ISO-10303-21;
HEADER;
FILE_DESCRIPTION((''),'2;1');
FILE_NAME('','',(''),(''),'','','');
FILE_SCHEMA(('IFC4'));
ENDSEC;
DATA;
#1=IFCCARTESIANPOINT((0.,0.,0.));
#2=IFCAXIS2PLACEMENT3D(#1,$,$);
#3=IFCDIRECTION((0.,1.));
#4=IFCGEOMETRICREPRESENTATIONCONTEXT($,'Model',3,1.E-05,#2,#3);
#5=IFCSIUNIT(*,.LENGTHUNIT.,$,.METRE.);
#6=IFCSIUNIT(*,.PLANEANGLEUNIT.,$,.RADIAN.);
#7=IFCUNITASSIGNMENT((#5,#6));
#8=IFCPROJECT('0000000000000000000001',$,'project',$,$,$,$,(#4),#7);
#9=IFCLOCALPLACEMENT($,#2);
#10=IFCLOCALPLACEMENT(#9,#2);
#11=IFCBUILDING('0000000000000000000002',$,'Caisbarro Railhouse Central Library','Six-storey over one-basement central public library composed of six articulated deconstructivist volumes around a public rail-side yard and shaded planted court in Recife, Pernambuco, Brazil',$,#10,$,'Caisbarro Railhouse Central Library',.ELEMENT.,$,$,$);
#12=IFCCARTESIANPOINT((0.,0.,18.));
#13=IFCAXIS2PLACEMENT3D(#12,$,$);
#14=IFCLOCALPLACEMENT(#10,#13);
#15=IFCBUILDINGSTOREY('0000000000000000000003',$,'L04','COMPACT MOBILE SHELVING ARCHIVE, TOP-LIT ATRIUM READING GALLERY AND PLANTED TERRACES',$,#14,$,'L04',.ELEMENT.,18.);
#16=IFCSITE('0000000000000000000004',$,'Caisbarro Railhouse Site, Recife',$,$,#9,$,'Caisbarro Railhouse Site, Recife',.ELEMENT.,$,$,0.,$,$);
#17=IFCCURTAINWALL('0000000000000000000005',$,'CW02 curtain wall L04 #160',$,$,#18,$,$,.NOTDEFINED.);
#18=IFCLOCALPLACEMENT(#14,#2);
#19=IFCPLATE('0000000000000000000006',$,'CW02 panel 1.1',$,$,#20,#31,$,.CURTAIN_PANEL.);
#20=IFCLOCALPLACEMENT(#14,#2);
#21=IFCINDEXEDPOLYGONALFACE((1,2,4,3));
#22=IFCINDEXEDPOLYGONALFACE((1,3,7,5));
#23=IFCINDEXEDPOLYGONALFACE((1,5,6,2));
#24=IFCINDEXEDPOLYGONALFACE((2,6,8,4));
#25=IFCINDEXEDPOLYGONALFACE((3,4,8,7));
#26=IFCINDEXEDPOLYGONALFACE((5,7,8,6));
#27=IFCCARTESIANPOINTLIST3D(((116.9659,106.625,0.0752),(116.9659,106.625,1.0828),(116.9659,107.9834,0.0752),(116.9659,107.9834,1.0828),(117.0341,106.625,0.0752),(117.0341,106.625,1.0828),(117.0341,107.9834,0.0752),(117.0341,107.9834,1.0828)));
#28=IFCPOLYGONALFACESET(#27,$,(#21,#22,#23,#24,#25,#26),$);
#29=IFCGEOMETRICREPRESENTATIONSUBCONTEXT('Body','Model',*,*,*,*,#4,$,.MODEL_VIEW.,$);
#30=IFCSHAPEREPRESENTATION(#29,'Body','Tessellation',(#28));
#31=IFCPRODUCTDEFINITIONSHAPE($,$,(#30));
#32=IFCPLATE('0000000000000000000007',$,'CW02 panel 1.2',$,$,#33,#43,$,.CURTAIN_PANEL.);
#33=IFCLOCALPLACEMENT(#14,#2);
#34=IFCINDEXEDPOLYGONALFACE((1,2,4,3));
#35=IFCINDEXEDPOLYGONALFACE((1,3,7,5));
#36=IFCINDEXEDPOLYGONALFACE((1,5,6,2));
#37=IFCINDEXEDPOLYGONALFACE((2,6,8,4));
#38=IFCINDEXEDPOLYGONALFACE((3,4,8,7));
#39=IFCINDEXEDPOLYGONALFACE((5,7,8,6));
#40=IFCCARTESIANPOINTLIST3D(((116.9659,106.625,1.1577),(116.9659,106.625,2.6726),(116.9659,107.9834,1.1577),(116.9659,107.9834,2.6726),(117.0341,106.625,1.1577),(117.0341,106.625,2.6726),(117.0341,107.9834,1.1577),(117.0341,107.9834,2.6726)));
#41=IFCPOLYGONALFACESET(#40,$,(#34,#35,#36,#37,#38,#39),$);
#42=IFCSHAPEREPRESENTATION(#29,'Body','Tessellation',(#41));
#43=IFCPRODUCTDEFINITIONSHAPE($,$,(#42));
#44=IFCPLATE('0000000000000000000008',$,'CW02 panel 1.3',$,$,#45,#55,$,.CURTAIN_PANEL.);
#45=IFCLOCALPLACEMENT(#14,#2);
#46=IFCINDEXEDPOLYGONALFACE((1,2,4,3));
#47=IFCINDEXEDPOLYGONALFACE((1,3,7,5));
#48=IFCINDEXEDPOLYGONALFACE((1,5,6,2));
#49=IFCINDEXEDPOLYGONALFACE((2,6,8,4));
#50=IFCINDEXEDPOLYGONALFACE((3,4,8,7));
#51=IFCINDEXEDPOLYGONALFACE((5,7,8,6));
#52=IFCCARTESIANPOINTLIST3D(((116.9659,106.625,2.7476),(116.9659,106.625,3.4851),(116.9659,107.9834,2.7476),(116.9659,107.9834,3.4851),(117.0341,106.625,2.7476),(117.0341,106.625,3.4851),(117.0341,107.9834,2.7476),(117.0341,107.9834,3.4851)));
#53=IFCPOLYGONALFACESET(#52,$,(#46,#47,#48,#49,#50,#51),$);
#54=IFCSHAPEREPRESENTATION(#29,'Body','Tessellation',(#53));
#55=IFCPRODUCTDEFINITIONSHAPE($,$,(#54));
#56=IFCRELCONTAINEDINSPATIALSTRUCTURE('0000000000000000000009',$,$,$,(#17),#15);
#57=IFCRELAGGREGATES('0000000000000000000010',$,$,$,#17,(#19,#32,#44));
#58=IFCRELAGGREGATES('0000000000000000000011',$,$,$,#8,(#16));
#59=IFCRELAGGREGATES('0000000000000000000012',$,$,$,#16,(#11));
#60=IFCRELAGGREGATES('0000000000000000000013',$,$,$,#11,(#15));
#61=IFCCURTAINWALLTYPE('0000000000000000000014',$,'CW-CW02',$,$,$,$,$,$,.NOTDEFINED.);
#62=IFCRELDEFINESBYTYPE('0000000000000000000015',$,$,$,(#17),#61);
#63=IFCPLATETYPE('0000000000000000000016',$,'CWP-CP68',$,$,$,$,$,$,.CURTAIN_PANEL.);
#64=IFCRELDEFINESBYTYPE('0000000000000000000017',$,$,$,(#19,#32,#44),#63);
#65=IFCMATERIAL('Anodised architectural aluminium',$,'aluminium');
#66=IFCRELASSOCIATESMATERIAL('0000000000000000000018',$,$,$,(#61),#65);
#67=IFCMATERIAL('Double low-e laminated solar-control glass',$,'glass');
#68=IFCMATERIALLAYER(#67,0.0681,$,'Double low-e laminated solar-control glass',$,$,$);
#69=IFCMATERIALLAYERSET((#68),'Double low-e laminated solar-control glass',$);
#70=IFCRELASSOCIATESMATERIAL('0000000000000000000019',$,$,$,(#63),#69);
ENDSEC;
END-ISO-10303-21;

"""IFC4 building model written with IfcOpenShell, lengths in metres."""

from ifc_helpers import new_model, si_unit, direction, frame, origin, origin_2d, place, context, subcontext, project, spatial, rectangle, extrude, material, layer, layer_set, type_object, element, aggregate, save


model = new_model("IFC4")

# Units and contexts
model_context = context("Model", 3, precision=1e-05, world=origin(), true_north=direction((0.0, 1.0)))
body_context = subcontext(model_context, "Body", "Model", "MODEL_VIEW")
ifc_project = project(units=[si_unit("LENGTHUNIT", "METRE"), si_unit("PLANEANGLEUNIT", "RADIAN")], contexts=[model_context])

# Site, building, storey
site_placement = place(None, origin())
site = spatial("IfcSite", under=ifc_project, at=site_placement, Name="Caisbarro Railhouse Site, Recife", LongName="Caisbarro Railhouse Site, Recife", CompositionType="ELEMENT", RefElevation=0.0)
building_placement = place(site_placement, origin())
building = spatial("IfcBuilding", under=site, at=building_placement, Name="Caisbarro Railhouse Central Library", Description="Six-storey over one-basement central public library composed of six articulated deconstructivist volumes around a public rail-side yard and shaded planted court in Recife, Pernambuco, Brazil", LongName="Caisbarro Railhouse Central Library", CompositionType="ELEMENT")
storey_placement = place(building_placement, frame((0.0, 0.0, 18.0)))
storey = spatial("IfcBuildingStorey", under=building, at=storey_placement, Name="L04", Description="COMPACT MOBILE SHELVING ARCHIVE, TOP-LIT ATRIUM READING GALLERY AND PLANTED TERRACES", LongName="L04", CompositionType="ELEMENT", Elevation=18.0)

# Curtain wall
ifc_material_1 = material(Name="Anodised architectural aluminium", Category="aluminium")
curtain_wall_type = type_object("IfcCurtainWallType", Name="CW-CW02", PredefinedType="NOTDEFINED", material=ifc_material_1)
curtain_wall_1_placement = place(storey_placement, origin())
curtain_wall_1 = element("IfcCurtainWall", 1, at=curtain_wall_1_placement, inside=storey, type_object=curtain_wall_type, Name="CW02 curtain wall L04 #160", PredefinedType="NOTDEFINED")

# Plates
ifc_material_2 = material(Name="Double low-e laminated solar-control glass", Category="glass")
ifc_layer_1 = layer(ifc_material_2, 0.0681, Name="Double low-e laminated solar-control glass")
ifc_layer_set_1 = layer_set([ifc_layer_1], Name="Double low-e laminated solar-control glass")
plate_type_1 = type_object("IfcPlateType", Name="CWP-CP68", PredefinedType="CURTAIN_PANEL", material=ifc_layer_set_1)
plate_1_placement = place(storey_placement, frame((117.0, 107.3042, 0.0752), z_axis=(0.0, 0.0, 1.0), x_axis=(0.0, 1.0, 0.0)))
plate_1 = element("IfcPlate", 2, at=plate_1_placement, type_object=plate_type_1, Name="CW02 panel 1.1", PredefinedType="CURTAIN_PANEL", context=body_context, shape_type="SweptSolid", body=[
    extrude(rectangle(XDim=1.3584, YDim=0.0681, at=origin_2d()), origin(), (0.0, 0.0, 1.0), 1.0076),
])
plate_2_placement = place(storey_placement, frame((117.0, 107.3042, 1.1577), z_axis=(0.0, 0.0, 1.0), x_axis=(0.0, 1.0, 0.0)))
plate_2 = element("IfcPlate", 3, at=plate_2_placement, type_object=plate_type_1, Name="CW02 panel 1.2", PredefinedType="CURTAIN_PANEL", context=body_context, shape_type="SweptSolid", body=[
    extrude(rectangle(XDim=1.3584, YDim=0.0681, at=origin_2d()), origin(), (0.0, 0.0, 1.0), 1.5149),
])
plate_3_placement = place(storey_placement, frame((117.0, 107.3042, 2.7476), z_axis=(0.0, 0.0, 1.0), x_axis=(0.0, 1.0, 0.0)))
plate_3 = element("IfcPlate", 4, at=plate_3_placement, type_object=plate_type_1, Name="CW02 panel 1.3", PredefinedType="CURTAIN_PANEL", context=body_context, shape_type="SweptSolid", body=[
    extrude(rectangle(XDim=1.3584, YDim=0.0681, at=origin_2d()), origin(), (0.0, 0.0, 1.0), 0.7375),
])
aggregate(curtain_wall_1, [plate_1, plate_2, plate_3])

save(model, "model.ifc")
